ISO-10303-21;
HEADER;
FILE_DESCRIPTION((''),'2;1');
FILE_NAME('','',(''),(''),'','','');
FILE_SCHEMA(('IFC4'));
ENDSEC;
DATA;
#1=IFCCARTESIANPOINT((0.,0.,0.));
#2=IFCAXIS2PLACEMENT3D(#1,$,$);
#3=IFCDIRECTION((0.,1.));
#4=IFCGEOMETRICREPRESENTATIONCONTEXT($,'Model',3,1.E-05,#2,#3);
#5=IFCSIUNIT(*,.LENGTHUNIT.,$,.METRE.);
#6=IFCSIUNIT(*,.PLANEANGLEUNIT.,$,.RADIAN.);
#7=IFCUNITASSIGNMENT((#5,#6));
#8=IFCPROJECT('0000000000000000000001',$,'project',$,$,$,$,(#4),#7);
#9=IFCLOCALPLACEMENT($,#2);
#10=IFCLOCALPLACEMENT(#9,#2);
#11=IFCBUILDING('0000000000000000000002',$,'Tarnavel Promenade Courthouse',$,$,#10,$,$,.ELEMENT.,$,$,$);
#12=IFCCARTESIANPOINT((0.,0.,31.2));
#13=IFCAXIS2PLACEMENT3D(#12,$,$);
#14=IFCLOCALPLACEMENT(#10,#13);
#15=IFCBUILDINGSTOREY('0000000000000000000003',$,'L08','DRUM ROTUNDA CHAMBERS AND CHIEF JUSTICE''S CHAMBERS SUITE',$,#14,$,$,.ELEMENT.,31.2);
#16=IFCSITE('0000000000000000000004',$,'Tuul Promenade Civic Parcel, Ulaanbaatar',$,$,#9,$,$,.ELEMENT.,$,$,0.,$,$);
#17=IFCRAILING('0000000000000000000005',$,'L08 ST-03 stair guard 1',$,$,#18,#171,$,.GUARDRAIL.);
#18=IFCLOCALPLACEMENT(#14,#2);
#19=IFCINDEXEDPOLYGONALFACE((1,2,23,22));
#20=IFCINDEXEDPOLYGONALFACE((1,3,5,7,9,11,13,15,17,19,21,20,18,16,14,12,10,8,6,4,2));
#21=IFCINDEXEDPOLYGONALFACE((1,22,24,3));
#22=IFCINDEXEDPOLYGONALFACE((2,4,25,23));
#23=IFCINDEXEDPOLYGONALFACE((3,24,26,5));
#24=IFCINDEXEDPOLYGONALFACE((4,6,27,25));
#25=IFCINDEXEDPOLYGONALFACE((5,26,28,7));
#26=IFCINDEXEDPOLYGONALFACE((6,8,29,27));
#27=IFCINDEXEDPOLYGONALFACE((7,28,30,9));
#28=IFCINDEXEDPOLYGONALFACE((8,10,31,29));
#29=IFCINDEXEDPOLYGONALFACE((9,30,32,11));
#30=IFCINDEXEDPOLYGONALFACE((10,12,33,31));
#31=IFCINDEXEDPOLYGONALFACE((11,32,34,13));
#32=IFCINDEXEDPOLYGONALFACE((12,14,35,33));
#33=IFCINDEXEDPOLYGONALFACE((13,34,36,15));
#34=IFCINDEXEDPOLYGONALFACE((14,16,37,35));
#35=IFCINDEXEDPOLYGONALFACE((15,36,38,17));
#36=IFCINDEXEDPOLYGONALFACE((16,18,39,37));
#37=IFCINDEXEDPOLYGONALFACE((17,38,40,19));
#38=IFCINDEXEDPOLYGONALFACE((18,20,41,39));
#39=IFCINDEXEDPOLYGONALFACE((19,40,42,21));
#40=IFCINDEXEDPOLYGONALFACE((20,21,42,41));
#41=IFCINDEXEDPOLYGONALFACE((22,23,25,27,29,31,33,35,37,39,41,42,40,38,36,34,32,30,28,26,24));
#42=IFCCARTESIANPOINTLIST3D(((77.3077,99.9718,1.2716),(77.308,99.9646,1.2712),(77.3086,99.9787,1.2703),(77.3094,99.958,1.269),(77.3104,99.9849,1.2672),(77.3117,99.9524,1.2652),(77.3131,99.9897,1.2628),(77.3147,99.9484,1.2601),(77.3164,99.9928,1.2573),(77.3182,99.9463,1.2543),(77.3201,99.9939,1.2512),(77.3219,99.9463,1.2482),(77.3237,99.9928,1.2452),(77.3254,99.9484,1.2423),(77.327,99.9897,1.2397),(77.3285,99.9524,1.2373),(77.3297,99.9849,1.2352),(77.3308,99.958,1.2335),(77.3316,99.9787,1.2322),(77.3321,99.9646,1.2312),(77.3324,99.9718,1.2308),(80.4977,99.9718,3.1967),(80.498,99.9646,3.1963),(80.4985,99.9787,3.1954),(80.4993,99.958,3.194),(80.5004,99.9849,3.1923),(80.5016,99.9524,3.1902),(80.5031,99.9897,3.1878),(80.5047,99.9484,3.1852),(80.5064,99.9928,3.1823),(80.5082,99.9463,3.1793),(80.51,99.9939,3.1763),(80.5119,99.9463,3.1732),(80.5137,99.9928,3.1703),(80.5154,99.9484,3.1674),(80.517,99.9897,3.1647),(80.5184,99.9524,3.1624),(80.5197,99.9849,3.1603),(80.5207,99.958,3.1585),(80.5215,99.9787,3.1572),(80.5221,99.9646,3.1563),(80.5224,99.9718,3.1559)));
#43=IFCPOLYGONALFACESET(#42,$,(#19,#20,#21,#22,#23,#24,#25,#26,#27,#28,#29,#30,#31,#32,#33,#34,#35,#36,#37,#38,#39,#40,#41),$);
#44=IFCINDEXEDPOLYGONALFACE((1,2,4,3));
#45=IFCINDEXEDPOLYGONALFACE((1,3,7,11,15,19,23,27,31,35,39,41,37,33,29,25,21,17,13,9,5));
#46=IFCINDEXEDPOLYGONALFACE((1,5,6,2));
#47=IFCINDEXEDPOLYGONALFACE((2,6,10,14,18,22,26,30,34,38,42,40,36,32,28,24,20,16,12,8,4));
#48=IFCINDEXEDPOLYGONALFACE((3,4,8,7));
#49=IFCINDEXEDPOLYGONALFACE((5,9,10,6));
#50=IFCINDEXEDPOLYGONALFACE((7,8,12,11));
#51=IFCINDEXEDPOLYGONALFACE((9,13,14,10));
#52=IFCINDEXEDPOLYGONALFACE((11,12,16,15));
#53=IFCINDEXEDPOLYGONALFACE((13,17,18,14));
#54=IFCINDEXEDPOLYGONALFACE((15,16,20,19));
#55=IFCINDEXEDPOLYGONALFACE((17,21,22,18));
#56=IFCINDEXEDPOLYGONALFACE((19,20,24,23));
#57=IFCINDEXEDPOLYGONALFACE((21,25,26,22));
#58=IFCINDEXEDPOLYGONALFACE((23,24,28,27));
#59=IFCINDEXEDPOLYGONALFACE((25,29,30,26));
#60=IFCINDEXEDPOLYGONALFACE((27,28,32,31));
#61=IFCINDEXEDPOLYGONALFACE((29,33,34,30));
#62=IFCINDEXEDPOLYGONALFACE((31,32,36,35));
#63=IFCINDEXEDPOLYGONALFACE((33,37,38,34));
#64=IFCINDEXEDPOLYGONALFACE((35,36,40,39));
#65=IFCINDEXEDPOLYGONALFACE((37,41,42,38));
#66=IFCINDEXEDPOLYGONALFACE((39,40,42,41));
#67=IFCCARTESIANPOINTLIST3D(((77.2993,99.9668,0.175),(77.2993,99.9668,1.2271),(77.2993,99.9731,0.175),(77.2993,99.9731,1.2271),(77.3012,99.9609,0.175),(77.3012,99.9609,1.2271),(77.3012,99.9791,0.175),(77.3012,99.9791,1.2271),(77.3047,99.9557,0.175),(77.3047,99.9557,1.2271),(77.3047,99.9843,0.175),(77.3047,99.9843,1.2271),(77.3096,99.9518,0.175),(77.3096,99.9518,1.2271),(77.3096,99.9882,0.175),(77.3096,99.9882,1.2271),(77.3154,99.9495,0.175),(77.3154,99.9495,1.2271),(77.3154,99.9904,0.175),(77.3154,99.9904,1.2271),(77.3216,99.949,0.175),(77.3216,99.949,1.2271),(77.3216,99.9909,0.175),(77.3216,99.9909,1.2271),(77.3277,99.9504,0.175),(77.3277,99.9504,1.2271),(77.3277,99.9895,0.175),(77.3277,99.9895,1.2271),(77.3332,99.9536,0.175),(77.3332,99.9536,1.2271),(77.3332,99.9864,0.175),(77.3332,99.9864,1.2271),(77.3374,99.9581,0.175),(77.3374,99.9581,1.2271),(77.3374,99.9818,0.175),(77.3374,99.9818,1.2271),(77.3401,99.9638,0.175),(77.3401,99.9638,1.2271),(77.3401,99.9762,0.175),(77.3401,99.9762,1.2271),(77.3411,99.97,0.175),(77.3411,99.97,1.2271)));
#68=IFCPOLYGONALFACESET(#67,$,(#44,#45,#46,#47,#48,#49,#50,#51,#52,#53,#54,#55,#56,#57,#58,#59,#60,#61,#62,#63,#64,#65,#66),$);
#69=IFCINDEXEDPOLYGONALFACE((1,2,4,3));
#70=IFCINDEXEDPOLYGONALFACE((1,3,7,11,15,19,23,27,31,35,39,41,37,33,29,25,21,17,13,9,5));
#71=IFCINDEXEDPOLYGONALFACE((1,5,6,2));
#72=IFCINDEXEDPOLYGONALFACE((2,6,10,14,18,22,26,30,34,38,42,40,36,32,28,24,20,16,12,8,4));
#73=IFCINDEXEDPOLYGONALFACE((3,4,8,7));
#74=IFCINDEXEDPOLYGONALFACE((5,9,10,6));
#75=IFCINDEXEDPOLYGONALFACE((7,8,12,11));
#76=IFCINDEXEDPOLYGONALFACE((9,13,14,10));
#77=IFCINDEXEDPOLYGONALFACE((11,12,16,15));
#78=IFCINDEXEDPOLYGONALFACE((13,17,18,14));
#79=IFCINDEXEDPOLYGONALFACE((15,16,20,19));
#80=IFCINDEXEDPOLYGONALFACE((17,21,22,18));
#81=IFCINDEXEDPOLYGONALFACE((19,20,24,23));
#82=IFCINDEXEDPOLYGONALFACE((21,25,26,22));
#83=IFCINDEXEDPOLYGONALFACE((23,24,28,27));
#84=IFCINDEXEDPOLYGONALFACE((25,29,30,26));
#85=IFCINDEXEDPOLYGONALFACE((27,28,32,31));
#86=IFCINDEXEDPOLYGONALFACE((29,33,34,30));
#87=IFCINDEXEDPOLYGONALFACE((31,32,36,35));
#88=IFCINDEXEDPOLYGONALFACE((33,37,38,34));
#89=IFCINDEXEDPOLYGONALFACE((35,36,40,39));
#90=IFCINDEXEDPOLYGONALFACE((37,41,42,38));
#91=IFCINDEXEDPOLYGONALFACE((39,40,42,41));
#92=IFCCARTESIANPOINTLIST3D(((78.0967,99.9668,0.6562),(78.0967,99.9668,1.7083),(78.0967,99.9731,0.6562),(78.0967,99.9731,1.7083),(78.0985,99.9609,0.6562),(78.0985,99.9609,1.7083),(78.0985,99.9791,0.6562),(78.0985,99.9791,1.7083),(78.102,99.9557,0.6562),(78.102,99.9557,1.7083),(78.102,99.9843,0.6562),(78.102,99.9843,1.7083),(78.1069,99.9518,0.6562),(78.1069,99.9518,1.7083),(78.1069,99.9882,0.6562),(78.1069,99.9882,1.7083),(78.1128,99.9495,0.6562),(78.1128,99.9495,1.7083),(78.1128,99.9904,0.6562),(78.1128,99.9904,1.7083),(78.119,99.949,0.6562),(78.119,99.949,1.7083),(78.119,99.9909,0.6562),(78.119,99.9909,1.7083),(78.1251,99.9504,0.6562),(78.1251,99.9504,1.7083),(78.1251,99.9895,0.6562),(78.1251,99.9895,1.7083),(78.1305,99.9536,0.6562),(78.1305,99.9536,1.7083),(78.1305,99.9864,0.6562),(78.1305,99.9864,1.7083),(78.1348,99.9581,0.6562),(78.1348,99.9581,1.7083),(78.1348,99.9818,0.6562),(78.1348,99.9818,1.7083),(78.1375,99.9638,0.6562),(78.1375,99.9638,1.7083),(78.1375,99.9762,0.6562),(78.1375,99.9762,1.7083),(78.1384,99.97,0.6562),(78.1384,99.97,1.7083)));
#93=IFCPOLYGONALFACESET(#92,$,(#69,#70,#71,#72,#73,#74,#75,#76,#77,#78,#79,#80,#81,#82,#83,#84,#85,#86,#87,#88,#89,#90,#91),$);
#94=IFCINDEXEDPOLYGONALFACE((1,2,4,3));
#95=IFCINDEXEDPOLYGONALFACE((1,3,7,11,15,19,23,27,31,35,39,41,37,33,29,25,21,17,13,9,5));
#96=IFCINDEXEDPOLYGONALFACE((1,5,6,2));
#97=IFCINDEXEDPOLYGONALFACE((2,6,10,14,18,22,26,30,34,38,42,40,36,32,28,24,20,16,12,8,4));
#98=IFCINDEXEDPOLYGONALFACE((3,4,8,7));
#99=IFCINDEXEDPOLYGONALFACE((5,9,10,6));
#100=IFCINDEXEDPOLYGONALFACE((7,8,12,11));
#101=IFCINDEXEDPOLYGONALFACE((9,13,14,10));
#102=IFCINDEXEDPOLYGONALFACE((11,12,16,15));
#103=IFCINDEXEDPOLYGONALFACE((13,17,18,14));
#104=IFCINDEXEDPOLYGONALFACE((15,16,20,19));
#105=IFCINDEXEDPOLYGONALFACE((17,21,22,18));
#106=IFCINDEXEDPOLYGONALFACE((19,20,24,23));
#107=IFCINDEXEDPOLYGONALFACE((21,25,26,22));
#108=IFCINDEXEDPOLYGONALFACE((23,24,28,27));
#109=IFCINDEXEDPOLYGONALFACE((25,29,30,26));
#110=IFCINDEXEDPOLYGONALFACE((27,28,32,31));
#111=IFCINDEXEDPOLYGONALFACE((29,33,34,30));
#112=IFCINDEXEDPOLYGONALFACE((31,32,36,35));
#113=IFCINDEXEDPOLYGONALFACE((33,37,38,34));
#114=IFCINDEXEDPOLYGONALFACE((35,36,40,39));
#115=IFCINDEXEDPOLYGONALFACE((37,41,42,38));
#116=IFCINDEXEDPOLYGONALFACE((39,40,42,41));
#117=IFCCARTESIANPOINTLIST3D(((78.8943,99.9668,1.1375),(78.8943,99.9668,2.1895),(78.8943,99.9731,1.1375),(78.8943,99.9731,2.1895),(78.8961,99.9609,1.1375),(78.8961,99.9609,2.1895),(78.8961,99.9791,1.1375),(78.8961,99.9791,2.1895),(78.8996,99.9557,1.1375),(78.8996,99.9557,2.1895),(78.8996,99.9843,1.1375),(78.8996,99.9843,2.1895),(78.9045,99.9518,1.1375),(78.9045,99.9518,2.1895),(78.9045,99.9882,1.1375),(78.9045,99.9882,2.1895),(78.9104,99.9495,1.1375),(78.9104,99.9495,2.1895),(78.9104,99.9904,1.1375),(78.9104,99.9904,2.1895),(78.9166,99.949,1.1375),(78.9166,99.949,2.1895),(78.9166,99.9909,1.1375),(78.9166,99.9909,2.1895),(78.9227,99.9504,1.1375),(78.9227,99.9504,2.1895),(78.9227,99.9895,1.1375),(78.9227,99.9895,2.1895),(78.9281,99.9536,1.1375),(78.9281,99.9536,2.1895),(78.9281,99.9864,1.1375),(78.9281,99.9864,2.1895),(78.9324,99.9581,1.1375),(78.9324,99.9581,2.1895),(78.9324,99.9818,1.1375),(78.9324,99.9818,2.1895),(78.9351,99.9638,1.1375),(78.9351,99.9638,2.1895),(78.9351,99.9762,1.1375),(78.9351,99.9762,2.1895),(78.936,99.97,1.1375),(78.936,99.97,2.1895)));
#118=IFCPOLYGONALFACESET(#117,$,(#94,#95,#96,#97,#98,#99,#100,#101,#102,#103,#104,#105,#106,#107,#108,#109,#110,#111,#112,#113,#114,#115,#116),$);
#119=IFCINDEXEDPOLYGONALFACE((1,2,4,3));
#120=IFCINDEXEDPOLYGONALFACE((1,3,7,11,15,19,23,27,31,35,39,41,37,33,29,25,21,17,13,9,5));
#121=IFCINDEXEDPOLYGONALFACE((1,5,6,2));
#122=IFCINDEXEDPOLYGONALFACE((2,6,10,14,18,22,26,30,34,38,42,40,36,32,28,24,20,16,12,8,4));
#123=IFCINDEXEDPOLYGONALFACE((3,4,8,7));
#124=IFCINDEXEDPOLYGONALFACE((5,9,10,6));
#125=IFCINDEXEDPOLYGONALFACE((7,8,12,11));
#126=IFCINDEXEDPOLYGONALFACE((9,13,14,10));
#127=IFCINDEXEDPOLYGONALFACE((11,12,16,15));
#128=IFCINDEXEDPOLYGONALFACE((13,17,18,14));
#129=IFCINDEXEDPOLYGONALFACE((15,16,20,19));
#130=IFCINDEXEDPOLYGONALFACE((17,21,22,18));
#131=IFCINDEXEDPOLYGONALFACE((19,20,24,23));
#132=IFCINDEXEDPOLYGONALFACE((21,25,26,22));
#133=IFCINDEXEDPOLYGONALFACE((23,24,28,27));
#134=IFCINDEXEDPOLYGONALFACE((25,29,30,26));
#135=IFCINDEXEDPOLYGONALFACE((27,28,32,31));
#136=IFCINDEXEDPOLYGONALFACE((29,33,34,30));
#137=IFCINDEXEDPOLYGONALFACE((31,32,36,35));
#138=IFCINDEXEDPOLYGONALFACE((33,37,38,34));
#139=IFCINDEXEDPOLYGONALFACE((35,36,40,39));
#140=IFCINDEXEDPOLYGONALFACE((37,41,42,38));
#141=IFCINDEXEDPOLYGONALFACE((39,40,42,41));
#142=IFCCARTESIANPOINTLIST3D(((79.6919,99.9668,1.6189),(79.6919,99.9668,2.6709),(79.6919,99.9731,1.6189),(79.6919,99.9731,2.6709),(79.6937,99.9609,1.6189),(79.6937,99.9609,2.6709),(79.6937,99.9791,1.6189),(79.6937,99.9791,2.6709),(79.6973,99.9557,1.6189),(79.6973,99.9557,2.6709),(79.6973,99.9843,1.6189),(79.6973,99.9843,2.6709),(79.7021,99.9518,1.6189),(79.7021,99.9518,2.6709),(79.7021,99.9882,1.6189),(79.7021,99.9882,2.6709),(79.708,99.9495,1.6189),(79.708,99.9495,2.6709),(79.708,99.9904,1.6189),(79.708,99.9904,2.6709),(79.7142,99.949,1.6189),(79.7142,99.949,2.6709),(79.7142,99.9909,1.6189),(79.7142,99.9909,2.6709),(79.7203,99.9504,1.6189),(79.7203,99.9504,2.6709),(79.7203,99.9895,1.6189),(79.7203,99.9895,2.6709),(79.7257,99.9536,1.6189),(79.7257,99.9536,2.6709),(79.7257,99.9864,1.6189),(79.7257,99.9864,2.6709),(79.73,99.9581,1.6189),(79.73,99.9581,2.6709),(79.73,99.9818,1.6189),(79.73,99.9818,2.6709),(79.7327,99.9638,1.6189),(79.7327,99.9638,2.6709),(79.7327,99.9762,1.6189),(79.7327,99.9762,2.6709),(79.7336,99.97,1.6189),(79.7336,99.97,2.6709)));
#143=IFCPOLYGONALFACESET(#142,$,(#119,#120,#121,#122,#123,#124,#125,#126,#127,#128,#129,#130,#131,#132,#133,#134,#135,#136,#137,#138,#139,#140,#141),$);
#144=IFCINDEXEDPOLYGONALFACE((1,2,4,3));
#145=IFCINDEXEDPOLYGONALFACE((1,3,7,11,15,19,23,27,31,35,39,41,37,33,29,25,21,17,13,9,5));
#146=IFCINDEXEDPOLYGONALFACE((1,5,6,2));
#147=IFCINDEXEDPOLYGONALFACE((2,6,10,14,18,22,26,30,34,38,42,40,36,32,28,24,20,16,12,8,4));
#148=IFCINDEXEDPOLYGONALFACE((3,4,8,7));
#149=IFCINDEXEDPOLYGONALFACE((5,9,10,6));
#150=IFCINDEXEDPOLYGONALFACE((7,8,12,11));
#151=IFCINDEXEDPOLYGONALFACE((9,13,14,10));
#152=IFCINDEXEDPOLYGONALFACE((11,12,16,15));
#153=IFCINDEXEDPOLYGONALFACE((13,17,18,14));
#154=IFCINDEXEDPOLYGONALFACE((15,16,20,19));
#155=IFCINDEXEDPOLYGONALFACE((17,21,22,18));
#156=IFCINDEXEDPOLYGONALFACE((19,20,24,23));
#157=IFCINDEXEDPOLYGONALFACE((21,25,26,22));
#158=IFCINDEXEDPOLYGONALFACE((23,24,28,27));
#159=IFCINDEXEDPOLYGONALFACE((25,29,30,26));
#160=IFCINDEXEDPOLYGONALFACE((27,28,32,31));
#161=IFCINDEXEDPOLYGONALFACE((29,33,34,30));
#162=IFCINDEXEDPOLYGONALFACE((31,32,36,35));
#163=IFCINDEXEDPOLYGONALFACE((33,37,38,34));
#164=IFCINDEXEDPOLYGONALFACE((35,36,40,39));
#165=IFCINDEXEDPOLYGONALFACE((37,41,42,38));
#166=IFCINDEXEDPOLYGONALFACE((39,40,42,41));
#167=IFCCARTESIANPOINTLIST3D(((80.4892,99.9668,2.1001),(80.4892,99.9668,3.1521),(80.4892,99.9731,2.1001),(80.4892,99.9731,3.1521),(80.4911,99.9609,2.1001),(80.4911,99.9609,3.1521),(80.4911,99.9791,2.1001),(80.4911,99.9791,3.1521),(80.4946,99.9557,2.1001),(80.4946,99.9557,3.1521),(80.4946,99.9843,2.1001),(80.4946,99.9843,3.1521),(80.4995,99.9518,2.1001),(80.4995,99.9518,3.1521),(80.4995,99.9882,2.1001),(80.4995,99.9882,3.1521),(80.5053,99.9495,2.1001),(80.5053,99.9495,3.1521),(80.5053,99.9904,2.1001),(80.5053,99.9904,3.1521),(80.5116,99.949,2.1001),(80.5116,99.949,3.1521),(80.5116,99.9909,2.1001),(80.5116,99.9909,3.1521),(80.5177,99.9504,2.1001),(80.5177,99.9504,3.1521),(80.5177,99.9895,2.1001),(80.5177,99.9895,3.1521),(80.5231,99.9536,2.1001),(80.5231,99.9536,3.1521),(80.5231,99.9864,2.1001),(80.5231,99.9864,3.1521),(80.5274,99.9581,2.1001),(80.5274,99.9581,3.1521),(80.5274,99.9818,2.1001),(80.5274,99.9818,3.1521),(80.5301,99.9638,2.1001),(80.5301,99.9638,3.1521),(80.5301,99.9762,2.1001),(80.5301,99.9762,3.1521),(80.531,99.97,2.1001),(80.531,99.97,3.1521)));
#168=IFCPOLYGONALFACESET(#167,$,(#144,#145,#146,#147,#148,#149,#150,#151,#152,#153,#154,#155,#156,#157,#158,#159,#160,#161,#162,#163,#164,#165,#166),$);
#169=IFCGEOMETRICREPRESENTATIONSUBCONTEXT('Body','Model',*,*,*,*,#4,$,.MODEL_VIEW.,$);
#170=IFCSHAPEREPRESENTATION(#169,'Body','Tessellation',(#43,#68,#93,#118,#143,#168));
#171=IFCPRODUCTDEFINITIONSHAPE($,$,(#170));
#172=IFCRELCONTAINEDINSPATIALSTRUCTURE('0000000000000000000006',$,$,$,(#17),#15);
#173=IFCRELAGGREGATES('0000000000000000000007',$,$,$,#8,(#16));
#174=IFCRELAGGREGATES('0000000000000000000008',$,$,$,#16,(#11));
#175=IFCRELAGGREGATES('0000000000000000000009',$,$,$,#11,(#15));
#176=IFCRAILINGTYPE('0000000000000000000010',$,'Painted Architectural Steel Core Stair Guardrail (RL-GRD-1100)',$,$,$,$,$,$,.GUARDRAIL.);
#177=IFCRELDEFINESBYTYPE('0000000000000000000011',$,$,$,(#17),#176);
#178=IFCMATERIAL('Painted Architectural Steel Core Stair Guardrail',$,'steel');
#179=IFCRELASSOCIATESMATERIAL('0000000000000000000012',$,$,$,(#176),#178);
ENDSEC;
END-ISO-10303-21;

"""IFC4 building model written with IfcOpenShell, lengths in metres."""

from ifc_helpers import new_model, si_unit, direction, frame, origin, origin_2d, place, context, subcontext, project, spatial, circle, extrude, material, type_object, element, save


model = new_model("IFC4")

# Units and contexts
model_context = context("Model", 3, precision=1e-05, world=origin(), true_north=direction((0.0, 1.0)))
body_context = subcontext(model_context, "Body", "Model", "MODEL_VIEW")
ifc_project = project(units=[si_unit("LENGTHUNIT", "METRE"), si_unit("PLANEANGLEUNIT", "RADIAN")], contexts=[model_context])

# Site, building, storey
site_placement = place(None, origin())
site = spatial("IfcSite", under=ifc_project, at=site_placement, Name="Tuul Promenade Civic Parcel, Ulaanbaatar", CompositionType="ELEMENT", RefElevation=0.0)
building_placement = place(site_placement, origin())
building = spatial("IfcBuilding", under=site, at=building_placement, Name="Tarnavel Promenade Courthouse", CompositionType="ELEMENT")
storey_placement = place(building_placement, frame((0.0, 0.0, 31.2)))
storey = spatial("IfcBuildingStorey", under=building, at=storey_placement, Name="L08", Description="DRUM ROTUNDA CHAMBERS AND CHIEF JUSTICE'S CHAMBERS SUITE", CompositionType="ELEMENT", Elevation=31.2)

# Railing
ifc_material_1 = material(Name="Painted Architectural Steel Core Stair Guardrail", Category="steel")
railing_type_1 = type_object("IfcRailingType", Name="Painted Architectural Steel Core Stair Guardrail (RL-GRD-1100)", PredefinedType="GUARDRAIL", material=ifc_material_1)
railing_1_placement = place(storey_placement, frame((77.3201, 99.97, 0.175)))
element("IfcRailing", 1, at=railing_1_placement, inside=storey, type_object=railing_type_1, Name="L08 ST-03 stair guard 1", PredefinedType="GUARDRAIL", context=body_context, shape_type="SweptSolid", body=[
    extrude(circle(Radius=0.0239, at=origin_2d()), frame((0.0, 0.0, 1.0762), z_axis=(0.856178, 0.0, 0.516682), x_axis=(0.0, 1.0, 0.0)), (0.0, 0.0, 1.0), 3.7258),
    extrude(circle(Radius=0.021, at=origin_2d()), origin(), (0.0, 0.0, 1.0), 1.052),
    extrude(circle(Radius=0.021, at=origin_2d()), frame((0.7974, 0.0, 0.4812)), (0.0, 0.0, 1.0), 1.052),
    extrude(circle(Radius=0.021, at=origin_2d()), frame((1.595, 0.0, 0.9624)), (0.0, 0.0, 1.0), 1.052),
    extrude(circle(Radius=0.021, at=origin_2d()), frame((2.3926, 0.0, 1.4438)), (0.0, 0.0, 1.0), 1.052),
    extrude(circle(Radius=0.021, at=origin_2d()), frame((3.1899, 0.0, 1.925)), (0.0, 0.0, 1.0), 1.052),
])

save(model, "model.ifc")
